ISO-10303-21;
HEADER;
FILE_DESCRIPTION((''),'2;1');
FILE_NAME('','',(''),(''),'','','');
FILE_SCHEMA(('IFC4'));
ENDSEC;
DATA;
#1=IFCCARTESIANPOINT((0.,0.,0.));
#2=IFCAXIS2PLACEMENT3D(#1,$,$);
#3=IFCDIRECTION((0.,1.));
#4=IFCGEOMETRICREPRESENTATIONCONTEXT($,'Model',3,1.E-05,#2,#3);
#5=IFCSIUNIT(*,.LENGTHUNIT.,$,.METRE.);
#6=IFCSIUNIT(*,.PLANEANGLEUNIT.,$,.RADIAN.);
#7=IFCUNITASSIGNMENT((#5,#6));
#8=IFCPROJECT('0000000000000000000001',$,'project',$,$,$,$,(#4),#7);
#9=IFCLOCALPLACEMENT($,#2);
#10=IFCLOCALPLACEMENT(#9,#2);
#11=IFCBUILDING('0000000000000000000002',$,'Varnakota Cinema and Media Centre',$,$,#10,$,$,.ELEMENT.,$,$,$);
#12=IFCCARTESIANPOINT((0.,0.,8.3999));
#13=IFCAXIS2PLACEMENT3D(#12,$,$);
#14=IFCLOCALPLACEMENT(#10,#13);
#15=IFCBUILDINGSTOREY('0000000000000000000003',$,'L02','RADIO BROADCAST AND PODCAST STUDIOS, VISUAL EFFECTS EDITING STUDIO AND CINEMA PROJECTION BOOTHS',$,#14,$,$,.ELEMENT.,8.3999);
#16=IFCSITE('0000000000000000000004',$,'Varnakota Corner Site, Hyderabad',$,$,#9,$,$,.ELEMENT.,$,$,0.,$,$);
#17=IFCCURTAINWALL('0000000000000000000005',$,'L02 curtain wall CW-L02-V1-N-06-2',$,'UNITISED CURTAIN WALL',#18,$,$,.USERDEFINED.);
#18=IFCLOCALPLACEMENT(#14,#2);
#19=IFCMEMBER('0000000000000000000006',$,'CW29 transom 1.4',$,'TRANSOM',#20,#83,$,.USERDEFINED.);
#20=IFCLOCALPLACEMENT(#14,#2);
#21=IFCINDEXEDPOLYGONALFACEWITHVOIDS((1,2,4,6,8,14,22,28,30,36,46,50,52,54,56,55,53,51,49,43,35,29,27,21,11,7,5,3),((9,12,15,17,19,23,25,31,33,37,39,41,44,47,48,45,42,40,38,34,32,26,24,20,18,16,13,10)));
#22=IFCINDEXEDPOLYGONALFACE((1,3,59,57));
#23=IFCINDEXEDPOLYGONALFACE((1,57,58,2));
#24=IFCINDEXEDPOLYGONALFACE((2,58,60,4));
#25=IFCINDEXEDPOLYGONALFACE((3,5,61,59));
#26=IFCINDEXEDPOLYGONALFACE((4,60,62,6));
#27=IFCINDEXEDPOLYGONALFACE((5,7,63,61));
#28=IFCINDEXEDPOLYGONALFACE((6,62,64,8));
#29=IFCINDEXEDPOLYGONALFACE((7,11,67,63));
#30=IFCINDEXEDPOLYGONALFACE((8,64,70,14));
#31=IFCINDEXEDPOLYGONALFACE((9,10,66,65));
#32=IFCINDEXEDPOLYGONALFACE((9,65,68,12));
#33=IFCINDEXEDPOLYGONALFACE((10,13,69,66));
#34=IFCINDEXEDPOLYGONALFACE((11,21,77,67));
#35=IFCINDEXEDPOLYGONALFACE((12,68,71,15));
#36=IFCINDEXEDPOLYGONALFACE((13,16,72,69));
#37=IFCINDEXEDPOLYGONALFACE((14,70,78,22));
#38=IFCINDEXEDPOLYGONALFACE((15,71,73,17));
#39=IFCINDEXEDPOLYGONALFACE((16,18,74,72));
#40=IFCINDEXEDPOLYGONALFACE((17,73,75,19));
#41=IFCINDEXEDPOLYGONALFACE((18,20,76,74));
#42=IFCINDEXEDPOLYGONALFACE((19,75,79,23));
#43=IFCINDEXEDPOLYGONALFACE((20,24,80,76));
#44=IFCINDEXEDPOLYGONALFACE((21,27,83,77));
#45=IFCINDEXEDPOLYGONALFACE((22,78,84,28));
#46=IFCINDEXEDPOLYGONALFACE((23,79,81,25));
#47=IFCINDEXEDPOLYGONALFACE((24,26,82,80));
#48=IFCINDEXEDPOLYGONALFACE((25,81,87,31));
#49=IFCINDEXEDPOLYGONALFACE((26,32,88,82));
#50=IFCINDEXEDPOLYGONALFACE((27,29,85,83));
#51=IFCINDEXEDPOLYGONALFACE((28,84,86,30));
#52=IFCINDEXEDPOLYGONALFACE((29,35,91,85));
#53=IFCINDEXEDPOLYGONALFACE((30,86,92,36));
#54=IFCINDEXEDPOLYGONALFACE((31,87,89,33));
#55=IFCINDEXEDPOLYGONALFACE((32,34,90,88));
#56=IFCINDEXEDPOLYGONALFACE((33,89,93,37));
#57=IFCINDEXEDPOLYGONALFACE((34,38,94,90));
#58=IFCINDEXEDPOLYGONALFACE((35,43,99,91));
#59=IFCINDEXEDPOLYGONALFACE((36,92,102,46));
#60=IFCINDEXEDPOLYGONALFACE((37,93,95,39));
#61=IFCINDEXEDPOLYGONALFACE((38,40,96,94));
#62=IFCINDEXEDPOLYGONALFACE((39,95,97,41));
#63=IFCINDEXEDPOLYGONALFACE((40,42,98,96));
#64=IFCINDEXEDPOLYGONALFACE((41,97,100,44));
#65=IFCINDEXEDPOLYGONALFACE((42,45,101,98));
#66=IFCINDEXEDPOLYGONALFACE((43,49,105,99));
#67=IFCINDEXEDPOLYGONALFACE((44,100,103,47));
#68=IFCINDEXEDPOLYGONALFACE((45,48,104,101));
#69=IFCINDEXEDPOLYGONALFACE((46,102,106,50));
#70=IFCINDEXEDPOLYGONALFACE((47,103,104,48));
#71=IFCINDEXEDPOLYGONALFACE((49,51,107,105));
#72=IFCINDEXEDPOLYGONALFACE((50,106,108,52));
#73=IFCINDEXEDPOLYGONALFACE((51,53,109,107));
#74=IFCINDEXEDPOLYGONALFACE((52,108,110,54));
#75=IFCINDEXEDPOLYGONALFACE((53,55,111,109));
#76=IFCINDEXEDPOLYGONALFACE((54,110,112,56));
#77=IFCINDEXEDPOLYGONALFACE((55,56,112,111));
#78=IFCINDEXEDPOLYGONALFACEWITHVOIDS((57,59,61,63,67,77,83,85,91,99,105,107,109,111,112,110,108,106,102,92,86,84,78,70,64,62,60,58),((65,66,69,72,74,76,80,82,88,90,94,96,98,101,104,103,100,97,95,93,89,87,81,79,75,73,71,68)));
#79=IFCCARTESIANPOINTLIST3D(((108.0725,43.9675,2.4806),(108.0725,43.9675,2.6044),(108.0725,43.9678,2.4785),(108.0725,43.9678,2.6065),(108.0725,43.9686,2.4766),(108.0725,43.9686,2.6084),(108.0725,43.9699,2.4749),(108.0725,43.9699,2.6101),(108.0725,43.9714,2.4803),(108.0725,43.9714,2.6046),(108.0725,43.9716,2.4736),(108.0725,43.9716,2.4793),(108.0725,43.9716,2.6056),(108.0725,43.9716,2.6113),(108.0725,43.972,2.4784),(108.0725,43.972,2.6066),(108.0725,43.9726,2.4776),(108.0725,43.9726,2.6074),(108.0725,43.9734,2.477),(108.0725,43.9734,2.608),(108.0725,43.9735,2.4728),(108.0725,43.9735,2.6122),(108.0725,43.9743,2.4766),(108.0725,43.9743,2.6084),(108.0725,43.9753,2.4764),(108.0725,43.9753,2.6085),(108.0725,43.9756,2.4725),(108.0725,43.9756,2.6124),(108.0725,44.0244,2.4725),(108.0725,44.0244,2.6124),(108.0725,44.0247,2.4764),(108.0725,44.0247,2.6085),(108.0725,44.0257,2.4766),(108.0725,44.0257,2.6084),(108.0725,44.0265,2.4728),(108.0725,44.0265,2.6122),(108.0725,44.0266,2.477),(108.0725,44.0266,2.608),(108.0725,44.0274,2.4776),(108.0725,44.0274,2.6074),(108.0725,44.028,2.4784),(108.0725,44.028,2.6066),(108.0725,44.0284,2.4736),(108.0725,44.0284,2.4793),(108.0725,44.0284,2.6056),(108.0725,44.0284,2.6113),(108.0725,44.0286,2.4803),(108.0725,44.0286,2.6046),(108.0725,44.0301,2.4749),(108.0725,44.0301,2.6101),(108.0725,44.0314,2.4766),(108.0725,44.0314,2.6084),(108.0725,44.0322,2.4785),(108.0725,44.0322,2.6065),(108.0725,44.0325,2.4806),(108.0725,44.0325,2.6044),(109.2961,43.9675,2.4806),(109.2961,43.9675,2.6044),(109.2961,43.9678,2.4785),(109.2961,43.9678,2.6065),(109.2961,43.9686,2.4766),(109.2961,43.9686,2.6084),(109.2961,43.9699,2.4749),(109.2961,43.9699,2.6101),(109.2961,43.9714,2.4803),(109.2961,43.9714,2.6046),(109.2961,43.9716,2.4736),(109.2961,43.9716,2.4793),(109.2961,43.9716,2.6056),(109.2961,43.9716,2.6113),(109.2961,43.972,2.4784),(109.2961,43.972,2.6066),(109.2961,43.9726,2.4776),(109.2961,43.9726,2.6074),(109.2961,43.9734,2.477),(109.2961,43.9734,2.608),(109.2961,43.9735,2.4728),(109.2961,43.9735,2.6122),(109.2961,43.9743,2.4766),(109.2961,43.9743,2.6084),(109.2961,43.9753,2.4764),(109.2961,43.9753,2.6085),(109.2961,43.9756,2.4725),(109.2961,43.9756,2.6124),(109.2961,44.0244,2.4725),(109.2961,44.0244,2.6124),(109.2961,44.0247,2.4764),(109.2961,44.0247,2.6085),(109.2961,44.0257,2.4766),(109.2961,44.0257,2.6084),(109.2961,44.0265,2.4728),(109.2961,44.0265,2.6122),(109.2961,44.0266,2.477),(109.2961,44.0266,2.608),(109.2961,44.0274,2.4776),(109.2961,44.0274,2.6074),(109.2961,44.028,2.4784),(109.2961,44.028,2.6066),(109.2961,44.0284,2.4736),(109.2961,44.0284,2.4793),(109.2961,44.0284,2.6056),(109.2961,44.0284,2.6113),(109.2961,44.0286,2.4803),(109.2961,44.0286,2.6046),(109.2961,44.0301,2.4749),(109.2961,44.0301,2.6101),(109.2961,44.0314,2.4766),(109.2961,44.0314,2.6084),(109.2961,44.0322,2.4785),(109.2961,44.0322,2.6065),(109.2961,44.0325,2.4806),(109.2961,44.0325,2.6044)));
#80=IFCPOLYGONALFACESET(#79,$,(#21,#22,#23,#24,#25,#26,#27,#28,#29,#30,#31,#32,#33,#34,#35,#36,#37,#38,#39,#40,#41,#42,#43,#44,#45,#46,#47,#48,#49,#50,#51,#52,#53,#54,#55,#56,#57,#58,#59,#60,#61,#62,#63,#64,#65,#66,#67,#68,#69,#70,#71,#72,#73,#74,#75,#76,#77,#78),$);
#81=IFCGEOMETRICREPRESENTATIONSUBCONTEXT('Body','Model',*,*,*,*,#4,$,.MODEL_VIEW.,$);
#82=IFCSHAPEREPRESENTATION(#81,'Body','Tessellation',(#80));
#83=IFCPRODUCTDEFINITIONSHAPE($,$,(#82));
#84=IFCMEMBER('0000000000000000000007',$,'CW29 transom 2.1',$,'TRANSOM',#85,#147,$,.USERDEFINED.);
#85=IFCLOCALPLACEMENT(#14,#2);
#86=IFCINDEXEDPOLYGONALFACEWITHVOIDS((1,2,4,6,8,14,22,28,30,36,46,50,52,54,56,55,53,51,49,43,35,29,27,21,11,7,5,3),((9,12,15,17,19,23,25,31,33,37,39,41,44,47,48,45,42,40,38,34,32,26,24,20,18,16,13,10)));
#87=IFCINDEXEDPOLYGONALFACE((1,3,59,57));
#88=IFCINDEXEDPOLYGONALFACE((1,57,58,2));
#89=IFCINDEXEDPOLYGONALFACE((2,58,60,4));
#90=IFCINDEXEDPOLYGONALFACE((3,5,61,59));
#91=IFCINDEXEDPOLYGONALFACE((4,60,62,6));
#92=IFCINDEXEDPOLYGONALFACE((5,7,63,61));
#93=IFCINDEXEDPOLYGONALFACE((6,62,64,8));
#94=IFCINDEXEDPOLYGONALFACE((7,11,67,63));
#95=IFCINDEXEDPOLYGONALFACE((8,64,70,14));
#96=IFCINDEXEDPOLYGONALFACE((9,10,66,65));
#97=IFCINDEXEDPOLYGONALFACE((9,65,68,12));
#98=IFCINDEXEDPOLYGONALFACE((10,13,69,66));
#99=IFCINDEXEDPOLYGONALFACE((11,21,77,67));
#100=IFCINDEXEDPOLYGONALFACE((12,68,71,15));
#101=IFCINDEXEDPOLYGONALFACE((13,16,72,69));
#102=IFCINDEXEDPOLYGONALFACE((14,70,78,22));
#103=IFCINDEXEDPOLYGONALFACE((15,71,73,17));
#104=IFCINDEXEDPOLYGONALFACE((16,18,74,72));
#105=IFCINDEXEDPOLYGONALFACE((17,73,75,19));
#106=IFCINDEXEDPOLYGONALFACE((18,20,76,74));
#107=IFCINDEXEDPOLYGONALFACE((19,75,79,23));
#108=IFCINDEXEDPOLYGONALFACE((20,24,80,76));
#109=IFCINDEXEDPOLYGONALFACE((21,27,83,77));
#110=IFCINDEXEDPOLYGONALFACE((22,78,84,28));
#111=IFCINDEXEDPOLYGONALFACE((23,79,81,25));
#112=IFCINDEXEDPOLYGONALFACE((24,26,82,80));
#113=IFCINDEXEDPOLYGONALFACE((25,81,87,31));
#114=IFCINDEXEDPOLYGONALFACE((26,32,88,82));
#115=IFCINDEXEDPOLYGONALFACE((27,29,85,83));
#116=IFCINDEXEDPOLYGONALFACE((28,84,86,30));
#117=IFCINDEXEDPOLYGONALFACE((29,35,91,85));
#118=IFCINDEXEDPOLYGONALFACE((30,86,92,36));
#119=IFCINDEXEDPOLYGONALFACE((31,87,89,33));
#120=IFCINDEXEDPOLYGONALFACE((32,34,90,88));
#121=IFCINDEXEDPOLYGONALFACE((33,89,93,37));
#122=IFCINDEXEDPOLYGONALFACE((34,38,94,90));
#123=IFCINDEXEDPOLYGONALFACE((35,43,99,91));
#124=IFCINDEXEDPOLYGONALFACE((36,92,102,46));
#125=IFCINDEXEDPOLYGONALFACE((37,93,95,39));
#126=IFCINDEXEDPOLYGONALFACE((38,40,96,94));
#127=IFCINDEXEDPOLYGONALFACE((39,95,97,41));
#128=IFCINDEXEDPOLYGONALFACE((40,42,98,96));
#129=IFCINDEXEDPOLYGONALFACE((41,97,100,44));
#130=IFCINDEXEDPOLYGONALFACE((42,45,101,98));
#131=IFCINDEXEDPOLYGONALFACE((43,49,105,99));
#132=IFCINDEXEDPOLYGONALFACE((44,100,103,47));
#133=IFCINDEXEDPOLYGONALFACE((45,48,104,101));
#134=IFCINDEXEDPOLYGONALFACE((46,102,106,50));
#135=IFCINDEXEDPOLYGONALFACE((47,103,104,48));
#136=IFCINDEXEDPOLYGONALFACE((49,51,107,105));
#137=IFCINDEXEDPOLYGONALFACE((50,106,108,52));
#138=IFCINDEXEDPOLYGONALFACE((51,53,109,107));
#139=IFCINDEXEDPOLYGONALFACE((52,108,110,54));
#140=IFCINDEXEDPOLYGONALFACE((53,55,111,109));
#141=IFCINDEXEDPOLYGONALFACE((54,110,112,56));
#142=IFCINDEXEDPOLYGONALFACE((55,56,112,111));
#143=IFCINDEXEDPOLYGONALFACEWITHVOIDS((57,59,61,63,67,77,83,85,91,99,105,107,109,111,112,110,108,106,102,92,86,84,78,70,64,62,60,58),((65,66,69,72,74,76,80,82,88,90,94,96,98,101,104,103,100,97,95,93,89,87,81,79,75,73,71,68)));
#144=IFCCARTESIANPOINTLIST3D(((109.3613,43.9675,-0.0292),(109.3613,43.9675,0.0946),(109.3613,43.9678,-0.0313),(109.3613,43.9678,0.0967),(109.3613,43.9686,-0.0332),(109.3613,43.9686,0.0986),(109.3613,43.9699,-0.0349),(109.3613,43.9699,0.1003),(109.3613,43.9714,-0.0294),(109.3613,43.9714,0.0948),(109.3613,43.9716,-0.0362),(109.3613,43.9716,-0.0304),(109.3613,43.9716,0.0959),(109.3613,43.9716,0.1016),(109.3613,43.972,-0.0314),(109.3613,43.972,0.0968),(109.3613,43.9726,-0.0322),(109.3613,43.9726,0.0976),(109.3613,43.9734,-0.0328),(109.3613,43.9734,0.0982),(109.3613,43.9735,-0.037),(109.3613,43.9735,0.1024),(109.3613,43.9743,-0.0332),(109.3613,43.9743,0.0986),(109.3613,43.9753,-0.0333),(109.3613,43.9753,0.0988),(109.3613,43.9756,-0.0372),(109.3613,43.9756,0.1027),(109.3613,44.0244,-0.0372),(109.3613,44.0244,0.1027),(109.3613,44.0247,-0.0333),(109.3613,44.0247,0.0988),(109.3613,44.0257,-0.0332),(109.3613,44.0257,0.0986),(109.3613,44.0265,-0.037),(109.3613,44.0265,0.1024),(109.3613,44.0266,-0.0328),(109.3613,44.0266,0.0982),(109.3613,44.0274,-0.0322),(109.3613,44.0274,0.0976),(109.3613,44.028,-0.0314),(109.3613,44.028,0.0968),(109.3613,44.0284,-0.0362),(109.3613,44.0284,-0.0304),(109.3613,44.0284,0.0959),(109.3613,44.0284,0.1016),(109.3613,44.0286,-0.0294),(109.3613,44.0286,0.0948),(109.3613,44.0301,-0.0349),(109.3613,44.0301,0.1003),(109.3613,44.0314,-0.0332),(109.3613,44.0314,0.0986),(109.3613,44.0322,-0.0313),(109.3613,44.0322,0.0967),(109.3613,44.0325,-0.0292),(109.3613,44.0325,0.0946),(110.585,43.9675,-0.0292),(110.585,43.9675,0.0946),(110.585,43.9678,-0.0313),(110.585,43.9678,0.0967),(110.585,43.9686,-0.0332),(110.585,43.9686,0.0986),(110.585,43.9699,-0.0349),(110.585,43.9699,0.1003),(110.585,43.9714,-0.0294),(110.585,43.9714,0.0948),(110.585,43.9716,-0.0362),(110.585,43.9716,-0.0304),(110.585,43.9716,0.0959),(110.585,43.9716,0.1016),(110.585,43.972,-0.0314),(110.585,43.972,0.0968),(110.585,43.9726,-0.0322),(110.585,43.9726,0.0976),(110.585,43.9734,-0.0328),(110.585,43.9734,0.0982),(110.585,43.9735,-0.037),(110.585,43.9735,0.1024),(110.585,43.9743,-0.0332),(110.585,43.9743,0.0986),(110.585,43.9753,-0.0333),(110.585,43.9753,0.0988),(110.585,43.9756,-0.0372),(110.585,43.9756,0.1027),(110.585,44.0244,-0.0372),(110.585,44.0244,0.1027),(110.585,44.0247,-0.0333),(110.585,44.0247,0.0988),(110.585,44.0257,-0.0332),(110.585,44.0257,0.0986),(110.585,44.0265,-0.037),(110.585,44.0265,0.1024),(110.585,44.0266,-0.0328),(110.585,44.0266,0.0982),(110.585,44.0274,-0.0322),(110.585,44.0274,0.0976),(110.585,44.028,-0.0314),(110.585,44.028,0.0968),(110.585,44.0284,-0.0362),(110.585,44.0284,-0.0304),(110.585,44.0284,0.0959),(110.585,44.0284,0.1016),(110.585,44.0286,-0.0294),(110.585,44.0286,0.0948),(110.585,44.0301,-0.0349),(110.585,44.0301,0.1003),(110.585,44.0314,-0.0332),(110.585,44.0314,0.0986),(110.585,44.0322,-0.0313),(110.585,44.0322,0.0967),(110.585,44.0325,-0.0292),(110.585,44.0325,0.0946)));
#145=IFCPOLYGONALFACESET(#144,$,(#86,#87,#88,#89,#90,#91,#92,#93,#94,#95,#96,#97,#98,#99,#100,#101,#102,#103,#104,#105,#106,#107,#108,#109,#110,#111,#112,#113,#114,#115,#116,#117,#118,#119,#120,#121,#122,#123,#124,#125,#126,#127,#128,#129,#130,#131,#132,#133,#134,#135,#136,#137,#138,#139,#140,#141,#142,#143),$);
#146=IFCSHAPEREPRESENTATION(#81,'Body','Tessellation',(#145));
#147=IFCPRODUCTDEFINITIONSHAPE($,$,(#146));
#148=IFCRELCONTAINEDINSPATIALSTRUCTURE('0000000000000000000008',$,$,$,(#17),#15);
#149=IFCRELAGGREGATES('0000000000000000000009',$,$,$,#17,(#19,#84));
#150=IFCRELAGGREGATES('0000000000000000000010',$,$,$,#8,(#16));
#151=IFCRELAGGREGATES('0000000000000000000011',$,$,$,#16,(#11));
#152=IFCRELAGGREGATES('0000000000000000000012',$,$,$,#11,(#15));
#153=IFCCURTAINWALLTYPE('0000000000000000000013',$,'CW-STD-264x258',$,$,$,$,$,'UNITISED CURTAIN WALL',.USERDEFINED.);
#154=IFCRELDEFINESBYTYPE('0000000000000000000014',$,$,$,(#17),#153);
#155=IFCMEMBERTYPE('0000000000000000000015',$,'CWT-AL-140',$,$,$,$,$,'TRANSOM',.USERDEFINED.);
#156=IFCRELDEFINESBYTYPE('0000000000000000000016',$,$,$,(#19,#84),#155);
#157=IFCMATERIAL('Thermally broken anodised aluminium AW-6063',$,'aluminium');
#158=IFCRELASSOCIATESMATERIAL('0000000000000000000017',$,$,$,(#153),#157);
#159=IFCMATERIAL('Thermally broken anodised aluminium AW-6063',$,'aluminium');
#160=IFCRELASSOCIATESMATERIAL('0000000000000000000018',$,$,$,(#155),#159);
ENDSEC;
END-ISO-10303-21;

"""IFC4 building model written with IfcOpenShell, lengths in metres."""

from ifc_helpers import new_model, si_unit, direction, frame, origin, origin_2d, place, context, subcontext, project, spatial, hollow_rectangle, extrude, material, material_profile, profile_set, type_object, element, aggregate, save


model = new_model("IFC4")

# Units and contexts
model_context = context("Model", 3, precision=1e-05, world=origin(), true_north=direction((0.0, 1.0)))
body_context = subcontext(model_context, "Body", "Model", "MODEL_VIEW")
ifc_project = project(units=[si_unit("LENGTHUNIT", "METRE"), si_unit("PLANEANGLEUNIT", "RADIAN")], contexts=[model_context])

# Site, building, storey
site_placement = place(None, origin())
site = spatial("IfcSite", under=ifc_project, at=site_placement, Name="Varnakota Corner Site, Hyderabad", CompositionType="ELEMENT", RefElevation=0.0)
building_placement = place(site_placement, origin())
building = spatial("IfcBuilding", under=site, at=building_placement, Name="Varnakota Cinema and Media Centre", CompositionType="ELEMENT")
storey_placement = place(building_placement, frame((0.0, 0.0, 8.3999)))
storey = spatial("IfcBuildingStorey", under=building, at=storey_placement, Name="L02", Description="RADIO BROADCAST AND PODCAST STUDIOS, VISUAL EFFECTS EDITING STUDIO AND CINEMA PROJECTION BOOTHS", CompositionType="ELEMENT", Elevation=8.3999)

# Shared definitions
ifc_material_1 = material(Name="Thermally broken anodised aluminium AW-6063", Category="aluminium")
curtain_wall_type = type_object("IfcCurtainWallType", Name="CW-STD-264x258", ElementType="UNITISED CURTAIN WALL", PredefinedType="USERDEFINED", material=ifc_material_1)

# Curtain wall
curtain_wall_1_placement = place(storey_placement, origin())
curtain_wall_1 = element("IfcCurtainWall", 1, at=curtain_wall_1_placement, inside=storey, type_object=curtain_wall_type, Name="L02 curtain wall CW-L02-V1-N-06-2", ObjectType="UNITISED CURTAIN WALL", PredefinedType="USERDEFINED")

# Members
ifc_material_2 = material(Name="Thermally broken anodised aluminium AW-6063", Category="aluminium")
ifc_material_profile_1 = material_profile(ifc_material_2, hollow_rectangle(XDim=0.0649, YDim=0.1399, WallThickness=0.0039, InnerFilletRadius=0.0039, OuterFilletRadius=0.0081, at=origin_2d()), Name="AL-TRANSOM 140x65x4")
ifc_profile_set_1 = profile_set([ifc_material_profile_1], Name="Thermally broken anodised aluminium AW-6063")
member_type_1 = type_object("IfcMemberType", Name="CWT-AL-140", ElementType="TRANSOM", PredefinedType="USERDEFINED", material=ifc_profile_set_1)
member_1_placement = place(storey_placement, frame((108.0725, 44.0, 2.5425), z_axis=(1.0, 0.0, 0.0), x_axis=(0.0, 1.0, 0.0)))
member_1 = element("IfcMember", 2, at=member_1_placement, type_object=member_type_1, Name="CW29 transom 1.4", ObjectType="TRANSOM", PredefinedType="USERDEFINED", context=body_context, shape_type="SweptSolid", body=[
    extrude(hollow_rectangle(XDim=0.0649, YDim=0.1399, WallThickness=0.0039, InnerFilletRadius=0.0039, OuterFilletRadius=0.0081, at=origin_2d()), origin(), (0.0, 0.0, 1.0), 1.2236),
])
member_2_placement = place(storey_placement, frame((109.3613, 44.0, 0.0327), z_axis=(1.0, 0.0, 0.0), x_axis=(0.0, 1.0, 0.0)))
member_2 = element("IfcMember", 3, at=member_2_placement, type_object=member_type_1, Name="CW29 transom 2.1", ObjectType="TRANSOM", PredefinedType="USERDEFINED", context=body_context, shape_type="SweptSolid", body=[
    extrude(hollow_rectangle(XDim=0.0649, YDim=0.1399, WallThickness=0.0039, InnerFilletRadius=0.0039, OuterFilletRadius=0.0081, at=origin_2d()), origin(), (0.0, 0.0, 1.0), 1.2236),
])

aggregate(curtain_wall_1, [member_1, member_2])

save(model, "model.ifc")
